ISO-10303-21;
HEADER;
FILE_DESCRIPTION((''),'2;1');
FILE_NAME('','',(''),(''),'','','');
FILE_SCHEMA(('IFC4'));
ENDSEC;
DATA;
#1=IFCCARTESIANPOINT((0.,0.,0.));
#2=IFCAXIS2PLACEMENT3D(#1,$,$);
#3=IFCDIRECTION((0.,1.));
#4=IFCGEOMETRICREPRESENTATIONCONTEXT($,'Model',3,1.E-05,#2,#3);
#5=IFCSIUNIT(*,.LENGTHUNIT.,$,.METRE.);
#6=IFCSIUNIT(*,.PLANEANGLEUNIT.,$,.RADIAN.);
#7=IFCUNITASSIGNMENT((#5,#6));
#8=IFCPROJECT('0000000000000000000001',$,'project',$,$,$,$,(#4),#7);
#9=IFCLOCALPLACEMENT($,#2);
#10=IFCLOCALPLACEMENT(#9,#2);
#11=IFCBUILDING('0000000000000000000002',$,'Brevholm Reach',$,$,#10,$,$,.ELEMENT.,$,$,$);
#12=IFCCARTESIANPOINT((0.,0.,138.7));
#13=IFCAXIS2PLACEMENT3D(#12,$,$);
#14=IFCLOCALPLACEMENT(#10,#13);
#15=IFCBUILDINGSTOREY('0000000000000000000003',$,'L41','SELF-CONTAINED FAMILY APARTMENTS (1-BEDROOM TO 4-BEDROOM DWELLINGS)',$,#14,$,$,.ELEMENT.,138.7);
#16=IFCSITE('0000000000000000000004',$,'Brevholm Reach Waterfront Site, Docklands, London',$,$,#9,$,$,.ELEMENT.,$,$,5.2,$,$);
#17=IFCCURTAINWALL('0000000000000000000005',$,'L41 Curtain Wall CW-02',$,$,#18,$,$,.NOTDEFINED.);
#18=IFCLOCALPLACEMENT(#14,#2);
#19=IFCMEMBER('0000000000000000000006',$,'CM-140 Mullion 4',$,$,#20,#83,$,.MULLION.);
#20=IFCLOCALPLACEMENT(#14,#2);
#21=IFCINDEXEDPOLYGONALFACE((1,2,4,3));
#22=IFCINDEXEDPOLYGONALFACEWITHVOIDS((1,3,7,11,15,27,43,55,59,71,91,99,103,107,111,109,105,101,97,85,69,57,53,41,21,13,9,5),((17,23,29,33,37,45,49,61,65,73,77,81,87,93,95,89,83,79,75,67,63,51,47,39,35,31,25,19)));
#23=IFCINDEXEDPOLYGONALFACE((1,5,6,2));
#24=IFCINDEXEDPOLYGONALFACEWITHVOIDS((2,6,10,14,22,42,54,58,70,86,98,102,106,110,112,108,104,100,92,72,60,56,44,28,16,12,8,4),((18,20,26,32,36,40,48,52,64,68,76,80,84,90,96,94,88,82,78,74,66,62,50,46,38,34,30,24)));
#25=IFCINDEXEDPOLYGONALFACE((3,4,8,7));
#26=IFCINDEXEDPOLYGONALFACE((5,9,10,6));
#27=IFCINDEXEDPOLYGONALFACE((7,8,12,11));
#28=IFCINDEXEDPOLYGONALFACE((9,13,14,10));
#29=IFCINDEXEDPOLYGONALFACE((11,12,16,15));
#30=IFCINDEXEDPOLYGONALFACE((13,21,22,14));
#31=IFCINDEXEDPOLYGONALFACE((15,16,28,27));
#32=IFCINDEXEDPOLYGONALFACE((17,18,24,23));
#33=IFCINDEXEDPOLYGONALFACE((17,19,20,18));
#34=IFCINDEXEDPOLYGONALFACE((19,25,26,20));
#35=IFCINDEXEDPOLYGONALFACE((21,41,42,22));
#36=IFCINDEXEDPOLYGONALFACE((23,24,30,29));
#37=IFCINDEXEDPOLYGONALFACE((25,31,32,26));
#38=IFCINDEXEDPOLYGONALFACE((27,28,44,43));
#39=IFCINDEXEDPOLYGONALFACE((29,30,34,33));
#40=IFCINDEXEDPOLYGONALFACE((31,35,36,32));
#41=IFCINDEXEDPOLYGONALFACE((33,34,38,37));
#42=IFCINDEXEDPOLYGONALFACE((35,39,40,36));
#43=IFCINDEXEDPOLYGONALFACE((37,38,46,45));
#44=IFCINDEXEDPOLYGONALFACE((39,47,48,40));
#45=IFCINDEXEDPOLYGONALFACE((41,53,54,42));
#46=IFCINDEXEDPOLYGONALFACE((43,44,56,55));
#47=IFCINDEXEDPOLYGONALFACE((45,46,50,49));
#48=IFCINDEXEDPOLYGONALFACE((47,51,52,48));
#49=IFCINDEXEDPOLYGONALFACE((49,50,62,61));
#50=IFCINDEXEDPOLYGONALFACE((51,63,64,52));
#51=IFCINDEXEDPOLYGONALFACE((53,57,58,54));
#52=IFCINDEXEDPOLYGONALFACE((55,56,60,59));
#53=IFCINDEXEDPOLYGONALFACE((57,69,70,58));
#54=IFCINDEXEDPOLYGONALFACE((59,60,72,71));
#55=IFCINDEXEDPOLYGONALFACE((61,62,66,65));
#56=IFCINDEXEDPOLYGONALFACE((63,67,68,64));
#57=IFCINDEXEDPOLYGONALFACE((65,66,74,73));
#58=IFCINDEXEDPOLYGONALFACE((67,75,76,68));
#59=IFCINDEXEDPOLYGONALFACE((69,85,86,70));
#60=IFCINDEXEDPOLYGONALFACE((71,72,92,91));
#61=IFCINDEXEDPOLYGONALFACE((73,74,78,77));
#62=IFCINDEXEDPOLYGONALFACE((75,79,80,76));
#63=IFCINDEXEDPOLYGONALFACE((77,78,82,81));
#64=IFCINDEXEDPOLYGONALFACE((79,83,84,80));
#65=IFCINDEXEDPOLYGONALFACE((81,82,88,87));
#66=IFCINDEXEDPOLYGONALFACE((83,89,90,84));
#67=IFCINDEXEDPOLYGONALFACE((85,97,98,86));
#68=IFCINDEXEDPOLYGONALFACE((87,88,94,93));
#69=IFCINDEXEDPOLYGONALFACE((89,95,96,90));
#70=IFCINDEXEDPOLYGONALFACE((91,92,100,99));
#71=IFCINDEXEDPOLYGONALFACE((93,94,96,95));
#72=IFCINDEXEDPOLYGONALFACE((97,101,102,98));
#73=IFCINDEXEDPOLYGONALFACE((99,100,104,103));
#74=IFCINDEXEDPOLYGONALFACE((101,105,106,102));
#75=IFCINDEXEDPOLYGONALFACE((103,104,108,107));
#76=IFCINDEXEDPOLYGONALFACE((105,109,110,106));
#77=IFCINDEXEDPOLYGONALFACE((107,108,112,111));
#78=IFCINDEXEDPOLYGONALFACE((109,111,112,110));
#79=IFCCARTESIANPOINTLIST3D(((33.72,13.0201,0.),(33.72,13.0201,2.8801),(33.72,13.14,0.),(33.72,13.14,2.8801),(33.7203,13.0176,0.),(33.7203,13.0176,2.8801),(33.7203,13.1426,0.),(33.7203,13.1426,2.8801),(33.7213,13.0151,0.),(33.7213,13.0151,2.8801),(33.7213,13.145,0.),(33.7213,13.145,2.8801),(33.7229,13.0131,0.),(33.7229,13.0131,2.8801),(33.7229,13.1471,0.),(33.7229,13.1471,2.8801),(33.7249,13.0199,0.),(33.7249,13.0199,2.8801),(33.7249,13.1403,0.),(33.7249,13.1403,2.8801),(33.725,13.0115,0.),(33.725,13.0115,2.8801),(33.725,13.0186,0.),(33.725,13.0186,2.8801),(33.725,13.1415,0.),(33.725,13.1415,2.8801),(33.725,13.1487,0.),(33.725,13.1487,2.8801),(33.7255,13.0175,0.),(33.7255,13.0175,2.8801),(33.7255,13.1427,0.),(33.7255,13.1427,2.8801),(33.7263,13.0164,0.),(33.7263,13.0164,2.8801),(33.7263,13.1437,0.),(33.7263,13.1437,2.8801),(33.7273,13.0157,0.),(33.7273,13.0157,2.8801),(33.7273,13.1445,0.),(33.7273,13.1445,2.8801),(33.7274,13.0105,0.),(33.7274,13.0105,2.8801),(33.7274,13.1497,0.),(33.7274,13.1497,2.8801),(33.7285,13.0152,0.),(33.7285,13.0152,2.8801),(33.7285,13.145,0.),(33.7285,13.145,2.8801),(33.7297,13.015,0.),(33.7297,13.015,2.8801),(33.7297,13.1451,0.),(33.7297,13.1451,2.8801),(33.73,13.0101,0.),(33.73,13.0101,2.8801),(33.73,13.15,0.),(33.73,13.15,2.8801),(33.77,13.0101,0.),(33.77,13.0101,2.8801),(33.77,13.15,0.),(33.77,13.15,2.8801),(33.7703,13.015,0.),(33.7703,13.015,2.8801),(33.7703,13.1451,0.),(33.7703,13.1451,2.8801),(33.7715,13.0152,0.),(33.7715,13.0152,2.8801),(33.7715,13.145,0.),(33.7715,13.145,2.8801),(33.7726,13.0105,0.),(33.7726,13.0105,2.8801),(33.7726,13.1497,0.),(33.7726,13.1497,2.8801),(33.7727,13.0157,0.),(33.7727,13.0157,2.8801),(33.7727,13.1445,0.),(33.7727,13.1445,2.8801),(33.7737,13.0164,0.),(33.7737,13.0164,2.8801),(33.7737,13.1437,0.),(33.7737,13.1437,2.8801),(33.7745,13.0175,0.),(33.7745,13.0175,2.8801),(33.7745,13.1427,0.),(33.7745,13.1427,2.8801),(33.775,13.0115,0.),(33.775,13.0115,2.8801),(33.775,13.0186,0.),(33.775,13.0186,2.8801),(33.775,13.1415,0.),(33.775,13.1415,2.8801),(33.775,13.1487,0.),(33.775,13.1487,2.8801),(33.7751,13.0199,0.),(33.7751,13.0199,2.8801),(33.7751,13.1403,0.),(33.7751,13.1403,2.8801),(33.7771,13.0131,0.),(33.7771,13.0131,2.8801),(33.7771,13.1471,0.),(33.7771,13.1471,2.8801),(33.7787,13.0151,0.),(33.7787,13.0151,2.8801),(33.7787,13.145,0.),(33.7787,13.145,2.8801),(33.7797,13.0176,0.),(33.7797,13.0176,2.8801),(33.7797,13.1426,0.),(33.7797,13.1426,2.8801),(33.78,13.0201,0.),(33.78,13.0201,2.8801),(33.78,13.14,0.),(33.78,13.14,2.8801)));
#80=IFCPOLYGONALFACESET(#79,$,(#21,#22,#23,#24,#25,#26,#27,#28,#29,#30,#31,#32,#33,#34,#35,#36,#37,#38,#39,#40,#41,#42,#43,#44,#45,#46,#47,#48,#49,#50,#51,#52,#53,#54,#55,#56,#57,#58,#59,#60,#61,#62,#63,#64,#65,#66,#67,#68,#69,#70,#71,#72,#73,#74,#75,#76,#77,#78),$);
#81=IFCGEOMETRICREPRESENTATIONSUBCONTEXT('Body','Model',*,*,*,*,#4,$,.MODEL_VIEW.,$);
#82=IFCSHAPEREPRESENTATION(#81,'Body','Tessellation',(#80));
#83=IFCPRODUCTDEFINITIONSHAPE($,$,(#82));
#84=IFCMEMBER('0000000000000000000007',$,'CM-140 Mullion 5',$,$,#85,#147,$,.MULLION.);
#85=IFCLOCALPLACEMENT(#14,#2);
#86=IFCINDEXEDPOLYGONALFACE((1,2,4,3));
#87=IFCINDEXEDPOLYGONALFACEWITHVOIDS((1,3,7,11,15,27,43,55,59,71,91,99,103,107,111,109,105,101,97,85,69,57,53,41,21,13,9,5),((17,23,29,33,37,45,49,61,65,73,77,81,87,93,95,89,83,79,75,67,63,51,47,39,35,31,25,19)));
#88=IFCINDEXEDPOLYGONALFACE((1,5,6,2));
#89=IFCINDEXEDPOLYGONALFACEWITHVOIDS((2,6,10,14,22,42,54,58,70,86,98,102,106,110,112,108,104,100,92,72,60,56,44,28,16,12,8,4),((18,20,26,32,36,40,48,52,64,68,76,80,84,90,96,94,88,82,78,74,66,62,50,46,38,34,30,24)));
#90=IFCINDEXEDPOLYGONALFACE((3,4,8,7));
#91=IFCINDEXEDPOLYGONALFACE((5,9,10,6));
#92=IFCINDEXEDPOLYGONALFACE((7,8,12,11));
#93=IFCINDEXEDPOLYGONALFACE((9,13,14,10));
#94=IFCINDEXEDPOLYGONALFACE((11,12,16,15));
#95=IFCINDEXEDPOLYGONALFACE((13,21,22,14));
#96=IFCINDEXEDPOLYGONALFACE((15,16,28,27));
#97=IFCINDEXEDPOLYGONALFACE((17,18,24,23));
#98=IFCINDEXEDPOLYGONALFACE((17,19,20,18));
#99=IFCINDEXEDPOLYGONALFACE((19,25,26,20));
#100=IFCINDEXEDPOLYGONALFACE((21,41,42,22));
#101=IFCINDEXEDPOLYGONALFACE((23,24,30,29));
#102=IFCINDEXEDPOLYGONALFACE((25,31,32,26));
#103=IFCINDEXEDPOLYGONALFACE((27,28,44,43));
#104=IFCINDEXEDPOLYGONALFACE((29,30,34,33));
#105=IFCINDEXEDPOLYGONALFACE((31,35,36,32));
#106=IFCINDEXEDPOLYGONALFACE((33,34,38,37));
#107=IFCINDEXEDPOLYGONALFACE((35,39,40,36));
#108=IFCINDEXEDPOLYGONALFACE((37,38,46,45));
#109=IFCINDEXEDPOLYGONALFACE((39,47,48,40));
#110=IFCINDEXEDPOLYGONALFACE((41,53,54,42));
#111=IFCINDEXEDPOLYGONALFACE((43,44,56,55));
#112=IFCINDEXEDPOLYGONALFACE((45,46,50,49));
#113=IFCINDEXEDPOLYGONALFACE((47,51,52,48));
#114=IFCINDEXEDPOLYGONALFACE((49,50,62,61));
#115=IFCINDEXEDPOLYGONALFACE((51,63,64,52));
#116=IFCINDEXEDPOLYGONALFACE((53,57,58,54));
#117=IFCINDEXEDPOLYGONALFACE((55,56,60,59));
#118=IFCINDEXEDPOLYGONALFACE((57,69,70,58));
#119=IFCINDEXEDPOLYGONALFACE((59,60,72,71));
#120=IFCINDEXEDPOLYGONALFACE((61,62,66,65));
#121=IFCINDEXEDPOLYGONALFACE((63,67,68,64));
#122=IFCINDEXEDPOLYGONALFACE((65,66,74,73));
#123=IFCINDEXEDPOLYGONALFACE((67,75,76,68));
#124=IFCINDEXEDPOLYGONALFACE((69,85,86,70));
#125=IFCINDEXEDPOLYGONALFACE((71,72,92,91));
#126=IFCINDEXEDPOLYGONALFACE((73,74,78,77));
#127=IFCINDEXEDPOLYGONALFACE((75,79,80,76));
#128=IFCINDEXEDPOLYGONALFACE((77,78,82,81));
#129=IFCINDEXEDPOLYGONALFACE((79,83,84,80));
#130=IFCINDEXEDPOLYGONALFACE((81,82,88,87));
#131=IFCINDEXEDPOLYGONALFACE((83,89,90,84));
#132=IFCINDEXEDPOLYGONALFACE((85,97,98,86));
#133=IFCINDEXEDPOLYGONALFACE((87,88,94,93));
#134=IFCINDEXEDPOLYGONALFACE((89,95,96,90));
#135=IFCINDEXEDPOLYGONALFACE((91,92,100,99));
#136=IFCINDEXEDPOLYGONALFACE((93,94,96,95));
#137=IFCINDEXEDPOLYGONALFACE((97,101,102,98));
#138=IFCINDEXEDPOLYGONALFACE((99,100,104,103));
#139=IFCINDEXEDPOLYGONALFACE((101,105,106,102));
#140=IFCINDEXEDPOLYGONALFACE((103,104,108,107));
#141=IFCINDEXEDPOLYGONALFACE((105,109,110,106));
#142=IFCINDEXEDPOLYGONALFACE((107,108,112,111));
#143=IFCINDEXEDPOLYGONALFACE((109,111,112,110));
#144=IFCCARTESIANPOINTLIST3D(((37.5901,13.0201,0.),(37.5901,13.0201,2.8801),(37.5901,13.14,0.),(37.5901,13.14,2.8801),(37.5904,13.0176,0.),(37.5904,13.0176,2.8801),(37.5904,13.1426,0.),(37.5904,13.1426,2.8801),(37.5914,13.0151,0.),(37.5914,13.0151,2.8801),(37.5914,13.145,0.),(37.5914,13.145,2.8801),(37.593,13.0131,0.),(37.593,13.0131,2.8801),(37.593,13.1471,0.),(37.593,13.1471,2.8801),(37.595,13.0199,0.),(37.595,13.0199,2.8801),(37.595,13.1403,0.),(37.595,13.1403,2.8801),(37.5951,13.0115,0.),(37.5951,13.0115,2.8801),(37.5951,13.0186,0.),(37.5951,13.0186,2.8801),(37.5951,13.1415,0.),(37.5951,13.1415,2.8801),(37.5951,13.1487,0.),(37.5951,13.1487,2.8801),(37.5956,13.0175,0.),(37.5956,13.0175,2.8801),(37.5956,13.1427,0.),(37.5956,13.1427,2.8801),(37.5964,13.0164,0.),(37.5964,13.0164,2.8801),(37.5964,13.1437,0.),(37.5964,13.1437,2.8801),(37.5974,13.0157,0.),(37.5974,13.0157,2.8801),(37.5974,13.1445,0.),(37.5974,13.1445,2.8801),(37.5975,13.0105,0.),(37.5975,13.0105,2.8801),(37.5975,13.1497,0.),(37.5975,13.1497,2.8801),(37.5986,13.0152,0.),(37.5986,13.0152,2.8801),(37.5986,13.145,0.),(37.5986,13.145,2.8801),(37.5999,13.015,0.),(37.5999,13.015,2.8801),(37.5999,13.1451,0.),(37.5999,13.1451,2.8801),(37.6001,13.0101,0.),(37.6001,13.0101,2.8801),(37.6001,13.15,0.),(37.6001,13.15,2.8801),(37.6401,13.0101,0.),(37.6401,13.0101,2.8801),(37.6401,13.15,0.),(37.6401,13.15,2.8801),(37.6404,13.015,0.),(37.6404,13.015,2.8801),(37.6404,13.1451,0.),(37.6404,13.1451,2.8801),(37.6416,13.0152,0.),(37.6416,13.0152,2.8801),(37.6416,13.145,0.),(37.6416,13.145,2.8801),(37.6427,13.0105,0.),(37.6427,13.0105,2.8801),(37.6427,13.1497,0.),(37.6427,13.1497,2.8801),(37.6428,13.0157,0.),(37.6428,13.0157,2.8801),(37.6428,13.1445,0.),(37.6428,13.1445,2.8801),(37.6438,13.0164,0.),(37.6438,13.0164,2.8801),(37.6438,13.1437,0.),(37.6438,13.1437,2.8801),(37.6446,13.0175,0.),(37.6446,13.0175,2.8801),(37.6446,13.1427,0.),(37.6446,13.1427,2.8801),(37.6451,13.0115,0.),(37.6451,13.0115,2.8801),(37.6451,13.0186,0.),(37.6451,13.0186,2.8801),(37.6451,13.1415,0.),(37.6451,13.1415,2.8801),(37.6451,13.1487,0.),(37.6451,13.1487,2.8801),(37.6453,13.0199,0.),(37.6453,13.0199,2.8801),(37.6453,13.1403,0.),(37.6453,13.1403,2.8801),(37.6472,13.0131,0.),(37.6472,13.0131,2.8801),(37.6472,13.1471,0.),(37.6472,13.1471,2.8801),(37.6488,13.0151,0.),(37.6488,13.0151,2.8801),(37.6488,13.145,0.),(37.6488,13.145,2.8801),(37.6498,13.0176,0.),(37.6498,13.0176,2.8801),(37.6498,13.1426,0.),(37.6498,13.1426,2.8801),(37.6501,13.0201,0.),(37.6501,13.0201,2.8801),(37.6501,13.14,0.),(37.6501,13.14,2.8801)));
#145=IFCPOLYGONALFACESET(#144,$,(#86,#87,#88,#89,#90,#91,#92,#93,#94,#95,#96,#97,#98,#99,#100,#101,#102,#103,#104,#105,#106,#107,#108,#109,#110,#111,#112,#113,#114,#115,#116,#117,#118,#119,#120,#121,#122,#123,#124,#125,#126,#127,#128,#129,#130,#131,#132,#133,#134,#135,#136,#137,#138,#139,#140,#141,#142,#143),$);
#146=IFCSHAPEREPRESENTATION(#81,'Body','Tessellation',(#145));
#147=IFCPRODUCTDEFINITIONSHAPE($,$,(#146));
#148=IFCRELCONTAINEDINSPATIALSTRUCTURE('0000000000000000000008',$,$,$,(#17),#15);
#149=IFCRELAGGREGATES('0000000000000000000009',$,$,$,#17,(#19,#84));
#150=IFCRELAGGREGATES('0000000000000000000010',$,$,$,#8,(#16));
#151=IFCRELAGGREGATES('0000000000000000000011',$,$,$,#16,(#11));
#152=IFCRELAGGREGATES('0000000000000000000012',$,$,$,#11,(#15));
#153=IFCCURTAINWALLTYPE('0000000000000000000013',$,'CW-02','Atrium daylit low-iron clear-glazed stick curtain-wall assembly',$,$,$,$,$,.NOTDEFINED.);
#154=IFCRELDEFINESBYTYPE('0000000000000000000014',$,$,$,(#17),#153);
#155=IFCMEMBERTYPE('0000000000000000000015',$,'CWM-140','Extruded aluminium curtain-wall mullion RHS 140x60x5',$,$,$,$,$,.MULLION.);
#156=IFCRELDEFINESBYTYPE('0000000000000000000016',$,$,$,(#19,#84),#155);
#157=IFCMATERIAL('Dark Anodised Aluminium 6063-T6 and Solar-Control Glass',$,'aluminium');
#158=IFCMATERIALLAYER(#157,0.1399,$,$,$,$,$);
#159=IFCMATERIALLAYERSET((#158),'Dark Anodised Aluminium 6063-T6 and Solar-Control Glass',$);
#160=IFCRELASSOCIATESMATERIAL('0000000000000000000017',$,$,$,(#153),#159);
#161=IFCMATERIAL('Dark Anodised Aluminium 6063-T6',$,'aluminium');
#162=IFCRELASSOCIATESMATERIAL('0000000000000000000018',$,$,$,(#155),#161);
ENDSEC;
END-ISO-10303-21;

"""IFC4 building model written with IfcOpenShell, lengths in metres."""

from ifc_helpers import new_model, si_unit, direction, frame, origin, origin_2d, place, context, subcontext, project, spatial, hollow_rectangle, extrude, material, layer, layer_set, material_profile, profile_set, type_object, element, aggregate, save


model = new_model("IFC4")

# Units and contexts
model_context = context("Model", 3, precision=1e-05, world=origin(), true_north=direction((0.0, 1.0)))
body_context = subcontext(model_context, "Body", "Model", "MODEL_VIEW")
ifc_project = project(units=[si_unit("LENGTHUNIT", "METRE"), si_unit("PLANEANGLEUNIT", "RADIAN")], contexts=[model_context])

# Site, building, storey
site_placement = place(None, origin())
site = spatial("IfcSite", under=ifc_project, at=site_placement, Name="Brevholm Reach Waterfront Site, Docklands, London", CompositionType="ELEMENT", RefElevation=5.2)
building_placement = place(site_placement, origin())
building = spatial("IfcBuilding", under=site, at=building_placement, Name="Brevholm Reach", CompositionType="ELEMENT")
storey_placement = place(building_placement, frame((0.0, 0.0, 138.7)))
storey = spatial("IfcBuildingStorey", under=building, at=storey_placement, Name="L41", Description="SELF-CONTAINED FAMILY APARTMENTS (1-BEDROOM TO 4-BEDROOM DWELLINGS)", CompositionType="ELEMENT", Elevation=138.7)

# Curtain wall, members
ifc_material_1 = material(Name="Dark Anodised Aluminium 6063-T6 and Solar-Control Glass", Category="aluminium")
ifc_layer_1 = layer(ifc_material_1, 0.1399)
ifc_layer_set_1 = layer_set([ifc_layer_1], Name="Dark Anodised Aluminium 6063-T6 and Solar-Control Glass")
curtain_wall_type = type_object("IfcCurtainWallType", Name="CW-02", Description="Atrium daylit low-iron clear-glazed stick curtain-wall assembly", PredefinedType="NOTDEFINED", material=ifc_layer_set_1)
curtain_wall_placement = place(storey_placement, origin())
curtain_wall = element("IfcCurtainWall", 1, at=curtain_wall_placement, inside=storey, type_object=curtain_wall_type, Name="L41 Curtain Wall CW-02", PredefinedType="NOTDEFINED")
ifc_material_2 = material(Name="Dark Anodised Aluminium 6063-T6", Category="aluminium")
ifc_material_profile_1 = material_profile(ifc_material_2, hollow_rectangle(XDim=0.0601, YDim=0.1399, WallThickness=0.0049, InnerFilletRadius=0.0049, OuterFilletRadius=0.01, at=origin_2d()), Name="RHS 140x60x5")
ifc_profile_set_1 = profile_set([ifc_material_profile_1], Name="Dark Anodised Aluminium 6063-T6")
member_type_1 = type_object("IfcMemberType", Name="CWM-140", Description="Extruded aluminium curtain-wall mullion RHS 140x60x5", PredefinedType="MULLION", material=ifc_profile_set_1)
member_1_placement = place(storey_placement, frame((33.75, 13.0801, 0.0), z_axis=(0.0, 0.0, 1.0), x_axis=(1.0, 0.0, 0.0)))
member_1 = element("IfcMember", 2, at=member_1_placement, type_object=member_type_1, Name="CM-140 Mullion 4", PredefinedType="MULLION", context=body_context, shape_type="SweptSolid", body=[
    extrude(hollow_rectangle(XDim=0.0601, YDim=0.1399, WallThickness=0.0049, InnerFilletRadius=0.0049, OuterFilletRadius=0.01, at=origin_2d()), origin(), (0.0, 0.0, 1.0), 2.8801),
])
member_2_placement = place(storey_placement, frame((37.6201, 13.0801, 0.0), z_axis=(0.0, 0.0, 1.0), x_axis=(1.0, 0.0, 0.0)))
member_2 = element("IfcMember", 3, at=member_2_placement, type_object=member_type_1, Name="CM-140 Mullion 5", PredefinedType="MULLION", context=body_context, shape_type="SweptSolid", body=[
    extrude(hollow_rectangle(XDim=0.0601, YDim=0.1399, WallThickness=0.0049, InnerFilletRadius=0.0049, OuterFilletRadius=0.01, at=origin_2d()), origin(), (0.0, 0.0, 1.0), 2.8801),
])
aggregate(curtain_wall, [member_1, member_2])

save(model, "model.ifc")
